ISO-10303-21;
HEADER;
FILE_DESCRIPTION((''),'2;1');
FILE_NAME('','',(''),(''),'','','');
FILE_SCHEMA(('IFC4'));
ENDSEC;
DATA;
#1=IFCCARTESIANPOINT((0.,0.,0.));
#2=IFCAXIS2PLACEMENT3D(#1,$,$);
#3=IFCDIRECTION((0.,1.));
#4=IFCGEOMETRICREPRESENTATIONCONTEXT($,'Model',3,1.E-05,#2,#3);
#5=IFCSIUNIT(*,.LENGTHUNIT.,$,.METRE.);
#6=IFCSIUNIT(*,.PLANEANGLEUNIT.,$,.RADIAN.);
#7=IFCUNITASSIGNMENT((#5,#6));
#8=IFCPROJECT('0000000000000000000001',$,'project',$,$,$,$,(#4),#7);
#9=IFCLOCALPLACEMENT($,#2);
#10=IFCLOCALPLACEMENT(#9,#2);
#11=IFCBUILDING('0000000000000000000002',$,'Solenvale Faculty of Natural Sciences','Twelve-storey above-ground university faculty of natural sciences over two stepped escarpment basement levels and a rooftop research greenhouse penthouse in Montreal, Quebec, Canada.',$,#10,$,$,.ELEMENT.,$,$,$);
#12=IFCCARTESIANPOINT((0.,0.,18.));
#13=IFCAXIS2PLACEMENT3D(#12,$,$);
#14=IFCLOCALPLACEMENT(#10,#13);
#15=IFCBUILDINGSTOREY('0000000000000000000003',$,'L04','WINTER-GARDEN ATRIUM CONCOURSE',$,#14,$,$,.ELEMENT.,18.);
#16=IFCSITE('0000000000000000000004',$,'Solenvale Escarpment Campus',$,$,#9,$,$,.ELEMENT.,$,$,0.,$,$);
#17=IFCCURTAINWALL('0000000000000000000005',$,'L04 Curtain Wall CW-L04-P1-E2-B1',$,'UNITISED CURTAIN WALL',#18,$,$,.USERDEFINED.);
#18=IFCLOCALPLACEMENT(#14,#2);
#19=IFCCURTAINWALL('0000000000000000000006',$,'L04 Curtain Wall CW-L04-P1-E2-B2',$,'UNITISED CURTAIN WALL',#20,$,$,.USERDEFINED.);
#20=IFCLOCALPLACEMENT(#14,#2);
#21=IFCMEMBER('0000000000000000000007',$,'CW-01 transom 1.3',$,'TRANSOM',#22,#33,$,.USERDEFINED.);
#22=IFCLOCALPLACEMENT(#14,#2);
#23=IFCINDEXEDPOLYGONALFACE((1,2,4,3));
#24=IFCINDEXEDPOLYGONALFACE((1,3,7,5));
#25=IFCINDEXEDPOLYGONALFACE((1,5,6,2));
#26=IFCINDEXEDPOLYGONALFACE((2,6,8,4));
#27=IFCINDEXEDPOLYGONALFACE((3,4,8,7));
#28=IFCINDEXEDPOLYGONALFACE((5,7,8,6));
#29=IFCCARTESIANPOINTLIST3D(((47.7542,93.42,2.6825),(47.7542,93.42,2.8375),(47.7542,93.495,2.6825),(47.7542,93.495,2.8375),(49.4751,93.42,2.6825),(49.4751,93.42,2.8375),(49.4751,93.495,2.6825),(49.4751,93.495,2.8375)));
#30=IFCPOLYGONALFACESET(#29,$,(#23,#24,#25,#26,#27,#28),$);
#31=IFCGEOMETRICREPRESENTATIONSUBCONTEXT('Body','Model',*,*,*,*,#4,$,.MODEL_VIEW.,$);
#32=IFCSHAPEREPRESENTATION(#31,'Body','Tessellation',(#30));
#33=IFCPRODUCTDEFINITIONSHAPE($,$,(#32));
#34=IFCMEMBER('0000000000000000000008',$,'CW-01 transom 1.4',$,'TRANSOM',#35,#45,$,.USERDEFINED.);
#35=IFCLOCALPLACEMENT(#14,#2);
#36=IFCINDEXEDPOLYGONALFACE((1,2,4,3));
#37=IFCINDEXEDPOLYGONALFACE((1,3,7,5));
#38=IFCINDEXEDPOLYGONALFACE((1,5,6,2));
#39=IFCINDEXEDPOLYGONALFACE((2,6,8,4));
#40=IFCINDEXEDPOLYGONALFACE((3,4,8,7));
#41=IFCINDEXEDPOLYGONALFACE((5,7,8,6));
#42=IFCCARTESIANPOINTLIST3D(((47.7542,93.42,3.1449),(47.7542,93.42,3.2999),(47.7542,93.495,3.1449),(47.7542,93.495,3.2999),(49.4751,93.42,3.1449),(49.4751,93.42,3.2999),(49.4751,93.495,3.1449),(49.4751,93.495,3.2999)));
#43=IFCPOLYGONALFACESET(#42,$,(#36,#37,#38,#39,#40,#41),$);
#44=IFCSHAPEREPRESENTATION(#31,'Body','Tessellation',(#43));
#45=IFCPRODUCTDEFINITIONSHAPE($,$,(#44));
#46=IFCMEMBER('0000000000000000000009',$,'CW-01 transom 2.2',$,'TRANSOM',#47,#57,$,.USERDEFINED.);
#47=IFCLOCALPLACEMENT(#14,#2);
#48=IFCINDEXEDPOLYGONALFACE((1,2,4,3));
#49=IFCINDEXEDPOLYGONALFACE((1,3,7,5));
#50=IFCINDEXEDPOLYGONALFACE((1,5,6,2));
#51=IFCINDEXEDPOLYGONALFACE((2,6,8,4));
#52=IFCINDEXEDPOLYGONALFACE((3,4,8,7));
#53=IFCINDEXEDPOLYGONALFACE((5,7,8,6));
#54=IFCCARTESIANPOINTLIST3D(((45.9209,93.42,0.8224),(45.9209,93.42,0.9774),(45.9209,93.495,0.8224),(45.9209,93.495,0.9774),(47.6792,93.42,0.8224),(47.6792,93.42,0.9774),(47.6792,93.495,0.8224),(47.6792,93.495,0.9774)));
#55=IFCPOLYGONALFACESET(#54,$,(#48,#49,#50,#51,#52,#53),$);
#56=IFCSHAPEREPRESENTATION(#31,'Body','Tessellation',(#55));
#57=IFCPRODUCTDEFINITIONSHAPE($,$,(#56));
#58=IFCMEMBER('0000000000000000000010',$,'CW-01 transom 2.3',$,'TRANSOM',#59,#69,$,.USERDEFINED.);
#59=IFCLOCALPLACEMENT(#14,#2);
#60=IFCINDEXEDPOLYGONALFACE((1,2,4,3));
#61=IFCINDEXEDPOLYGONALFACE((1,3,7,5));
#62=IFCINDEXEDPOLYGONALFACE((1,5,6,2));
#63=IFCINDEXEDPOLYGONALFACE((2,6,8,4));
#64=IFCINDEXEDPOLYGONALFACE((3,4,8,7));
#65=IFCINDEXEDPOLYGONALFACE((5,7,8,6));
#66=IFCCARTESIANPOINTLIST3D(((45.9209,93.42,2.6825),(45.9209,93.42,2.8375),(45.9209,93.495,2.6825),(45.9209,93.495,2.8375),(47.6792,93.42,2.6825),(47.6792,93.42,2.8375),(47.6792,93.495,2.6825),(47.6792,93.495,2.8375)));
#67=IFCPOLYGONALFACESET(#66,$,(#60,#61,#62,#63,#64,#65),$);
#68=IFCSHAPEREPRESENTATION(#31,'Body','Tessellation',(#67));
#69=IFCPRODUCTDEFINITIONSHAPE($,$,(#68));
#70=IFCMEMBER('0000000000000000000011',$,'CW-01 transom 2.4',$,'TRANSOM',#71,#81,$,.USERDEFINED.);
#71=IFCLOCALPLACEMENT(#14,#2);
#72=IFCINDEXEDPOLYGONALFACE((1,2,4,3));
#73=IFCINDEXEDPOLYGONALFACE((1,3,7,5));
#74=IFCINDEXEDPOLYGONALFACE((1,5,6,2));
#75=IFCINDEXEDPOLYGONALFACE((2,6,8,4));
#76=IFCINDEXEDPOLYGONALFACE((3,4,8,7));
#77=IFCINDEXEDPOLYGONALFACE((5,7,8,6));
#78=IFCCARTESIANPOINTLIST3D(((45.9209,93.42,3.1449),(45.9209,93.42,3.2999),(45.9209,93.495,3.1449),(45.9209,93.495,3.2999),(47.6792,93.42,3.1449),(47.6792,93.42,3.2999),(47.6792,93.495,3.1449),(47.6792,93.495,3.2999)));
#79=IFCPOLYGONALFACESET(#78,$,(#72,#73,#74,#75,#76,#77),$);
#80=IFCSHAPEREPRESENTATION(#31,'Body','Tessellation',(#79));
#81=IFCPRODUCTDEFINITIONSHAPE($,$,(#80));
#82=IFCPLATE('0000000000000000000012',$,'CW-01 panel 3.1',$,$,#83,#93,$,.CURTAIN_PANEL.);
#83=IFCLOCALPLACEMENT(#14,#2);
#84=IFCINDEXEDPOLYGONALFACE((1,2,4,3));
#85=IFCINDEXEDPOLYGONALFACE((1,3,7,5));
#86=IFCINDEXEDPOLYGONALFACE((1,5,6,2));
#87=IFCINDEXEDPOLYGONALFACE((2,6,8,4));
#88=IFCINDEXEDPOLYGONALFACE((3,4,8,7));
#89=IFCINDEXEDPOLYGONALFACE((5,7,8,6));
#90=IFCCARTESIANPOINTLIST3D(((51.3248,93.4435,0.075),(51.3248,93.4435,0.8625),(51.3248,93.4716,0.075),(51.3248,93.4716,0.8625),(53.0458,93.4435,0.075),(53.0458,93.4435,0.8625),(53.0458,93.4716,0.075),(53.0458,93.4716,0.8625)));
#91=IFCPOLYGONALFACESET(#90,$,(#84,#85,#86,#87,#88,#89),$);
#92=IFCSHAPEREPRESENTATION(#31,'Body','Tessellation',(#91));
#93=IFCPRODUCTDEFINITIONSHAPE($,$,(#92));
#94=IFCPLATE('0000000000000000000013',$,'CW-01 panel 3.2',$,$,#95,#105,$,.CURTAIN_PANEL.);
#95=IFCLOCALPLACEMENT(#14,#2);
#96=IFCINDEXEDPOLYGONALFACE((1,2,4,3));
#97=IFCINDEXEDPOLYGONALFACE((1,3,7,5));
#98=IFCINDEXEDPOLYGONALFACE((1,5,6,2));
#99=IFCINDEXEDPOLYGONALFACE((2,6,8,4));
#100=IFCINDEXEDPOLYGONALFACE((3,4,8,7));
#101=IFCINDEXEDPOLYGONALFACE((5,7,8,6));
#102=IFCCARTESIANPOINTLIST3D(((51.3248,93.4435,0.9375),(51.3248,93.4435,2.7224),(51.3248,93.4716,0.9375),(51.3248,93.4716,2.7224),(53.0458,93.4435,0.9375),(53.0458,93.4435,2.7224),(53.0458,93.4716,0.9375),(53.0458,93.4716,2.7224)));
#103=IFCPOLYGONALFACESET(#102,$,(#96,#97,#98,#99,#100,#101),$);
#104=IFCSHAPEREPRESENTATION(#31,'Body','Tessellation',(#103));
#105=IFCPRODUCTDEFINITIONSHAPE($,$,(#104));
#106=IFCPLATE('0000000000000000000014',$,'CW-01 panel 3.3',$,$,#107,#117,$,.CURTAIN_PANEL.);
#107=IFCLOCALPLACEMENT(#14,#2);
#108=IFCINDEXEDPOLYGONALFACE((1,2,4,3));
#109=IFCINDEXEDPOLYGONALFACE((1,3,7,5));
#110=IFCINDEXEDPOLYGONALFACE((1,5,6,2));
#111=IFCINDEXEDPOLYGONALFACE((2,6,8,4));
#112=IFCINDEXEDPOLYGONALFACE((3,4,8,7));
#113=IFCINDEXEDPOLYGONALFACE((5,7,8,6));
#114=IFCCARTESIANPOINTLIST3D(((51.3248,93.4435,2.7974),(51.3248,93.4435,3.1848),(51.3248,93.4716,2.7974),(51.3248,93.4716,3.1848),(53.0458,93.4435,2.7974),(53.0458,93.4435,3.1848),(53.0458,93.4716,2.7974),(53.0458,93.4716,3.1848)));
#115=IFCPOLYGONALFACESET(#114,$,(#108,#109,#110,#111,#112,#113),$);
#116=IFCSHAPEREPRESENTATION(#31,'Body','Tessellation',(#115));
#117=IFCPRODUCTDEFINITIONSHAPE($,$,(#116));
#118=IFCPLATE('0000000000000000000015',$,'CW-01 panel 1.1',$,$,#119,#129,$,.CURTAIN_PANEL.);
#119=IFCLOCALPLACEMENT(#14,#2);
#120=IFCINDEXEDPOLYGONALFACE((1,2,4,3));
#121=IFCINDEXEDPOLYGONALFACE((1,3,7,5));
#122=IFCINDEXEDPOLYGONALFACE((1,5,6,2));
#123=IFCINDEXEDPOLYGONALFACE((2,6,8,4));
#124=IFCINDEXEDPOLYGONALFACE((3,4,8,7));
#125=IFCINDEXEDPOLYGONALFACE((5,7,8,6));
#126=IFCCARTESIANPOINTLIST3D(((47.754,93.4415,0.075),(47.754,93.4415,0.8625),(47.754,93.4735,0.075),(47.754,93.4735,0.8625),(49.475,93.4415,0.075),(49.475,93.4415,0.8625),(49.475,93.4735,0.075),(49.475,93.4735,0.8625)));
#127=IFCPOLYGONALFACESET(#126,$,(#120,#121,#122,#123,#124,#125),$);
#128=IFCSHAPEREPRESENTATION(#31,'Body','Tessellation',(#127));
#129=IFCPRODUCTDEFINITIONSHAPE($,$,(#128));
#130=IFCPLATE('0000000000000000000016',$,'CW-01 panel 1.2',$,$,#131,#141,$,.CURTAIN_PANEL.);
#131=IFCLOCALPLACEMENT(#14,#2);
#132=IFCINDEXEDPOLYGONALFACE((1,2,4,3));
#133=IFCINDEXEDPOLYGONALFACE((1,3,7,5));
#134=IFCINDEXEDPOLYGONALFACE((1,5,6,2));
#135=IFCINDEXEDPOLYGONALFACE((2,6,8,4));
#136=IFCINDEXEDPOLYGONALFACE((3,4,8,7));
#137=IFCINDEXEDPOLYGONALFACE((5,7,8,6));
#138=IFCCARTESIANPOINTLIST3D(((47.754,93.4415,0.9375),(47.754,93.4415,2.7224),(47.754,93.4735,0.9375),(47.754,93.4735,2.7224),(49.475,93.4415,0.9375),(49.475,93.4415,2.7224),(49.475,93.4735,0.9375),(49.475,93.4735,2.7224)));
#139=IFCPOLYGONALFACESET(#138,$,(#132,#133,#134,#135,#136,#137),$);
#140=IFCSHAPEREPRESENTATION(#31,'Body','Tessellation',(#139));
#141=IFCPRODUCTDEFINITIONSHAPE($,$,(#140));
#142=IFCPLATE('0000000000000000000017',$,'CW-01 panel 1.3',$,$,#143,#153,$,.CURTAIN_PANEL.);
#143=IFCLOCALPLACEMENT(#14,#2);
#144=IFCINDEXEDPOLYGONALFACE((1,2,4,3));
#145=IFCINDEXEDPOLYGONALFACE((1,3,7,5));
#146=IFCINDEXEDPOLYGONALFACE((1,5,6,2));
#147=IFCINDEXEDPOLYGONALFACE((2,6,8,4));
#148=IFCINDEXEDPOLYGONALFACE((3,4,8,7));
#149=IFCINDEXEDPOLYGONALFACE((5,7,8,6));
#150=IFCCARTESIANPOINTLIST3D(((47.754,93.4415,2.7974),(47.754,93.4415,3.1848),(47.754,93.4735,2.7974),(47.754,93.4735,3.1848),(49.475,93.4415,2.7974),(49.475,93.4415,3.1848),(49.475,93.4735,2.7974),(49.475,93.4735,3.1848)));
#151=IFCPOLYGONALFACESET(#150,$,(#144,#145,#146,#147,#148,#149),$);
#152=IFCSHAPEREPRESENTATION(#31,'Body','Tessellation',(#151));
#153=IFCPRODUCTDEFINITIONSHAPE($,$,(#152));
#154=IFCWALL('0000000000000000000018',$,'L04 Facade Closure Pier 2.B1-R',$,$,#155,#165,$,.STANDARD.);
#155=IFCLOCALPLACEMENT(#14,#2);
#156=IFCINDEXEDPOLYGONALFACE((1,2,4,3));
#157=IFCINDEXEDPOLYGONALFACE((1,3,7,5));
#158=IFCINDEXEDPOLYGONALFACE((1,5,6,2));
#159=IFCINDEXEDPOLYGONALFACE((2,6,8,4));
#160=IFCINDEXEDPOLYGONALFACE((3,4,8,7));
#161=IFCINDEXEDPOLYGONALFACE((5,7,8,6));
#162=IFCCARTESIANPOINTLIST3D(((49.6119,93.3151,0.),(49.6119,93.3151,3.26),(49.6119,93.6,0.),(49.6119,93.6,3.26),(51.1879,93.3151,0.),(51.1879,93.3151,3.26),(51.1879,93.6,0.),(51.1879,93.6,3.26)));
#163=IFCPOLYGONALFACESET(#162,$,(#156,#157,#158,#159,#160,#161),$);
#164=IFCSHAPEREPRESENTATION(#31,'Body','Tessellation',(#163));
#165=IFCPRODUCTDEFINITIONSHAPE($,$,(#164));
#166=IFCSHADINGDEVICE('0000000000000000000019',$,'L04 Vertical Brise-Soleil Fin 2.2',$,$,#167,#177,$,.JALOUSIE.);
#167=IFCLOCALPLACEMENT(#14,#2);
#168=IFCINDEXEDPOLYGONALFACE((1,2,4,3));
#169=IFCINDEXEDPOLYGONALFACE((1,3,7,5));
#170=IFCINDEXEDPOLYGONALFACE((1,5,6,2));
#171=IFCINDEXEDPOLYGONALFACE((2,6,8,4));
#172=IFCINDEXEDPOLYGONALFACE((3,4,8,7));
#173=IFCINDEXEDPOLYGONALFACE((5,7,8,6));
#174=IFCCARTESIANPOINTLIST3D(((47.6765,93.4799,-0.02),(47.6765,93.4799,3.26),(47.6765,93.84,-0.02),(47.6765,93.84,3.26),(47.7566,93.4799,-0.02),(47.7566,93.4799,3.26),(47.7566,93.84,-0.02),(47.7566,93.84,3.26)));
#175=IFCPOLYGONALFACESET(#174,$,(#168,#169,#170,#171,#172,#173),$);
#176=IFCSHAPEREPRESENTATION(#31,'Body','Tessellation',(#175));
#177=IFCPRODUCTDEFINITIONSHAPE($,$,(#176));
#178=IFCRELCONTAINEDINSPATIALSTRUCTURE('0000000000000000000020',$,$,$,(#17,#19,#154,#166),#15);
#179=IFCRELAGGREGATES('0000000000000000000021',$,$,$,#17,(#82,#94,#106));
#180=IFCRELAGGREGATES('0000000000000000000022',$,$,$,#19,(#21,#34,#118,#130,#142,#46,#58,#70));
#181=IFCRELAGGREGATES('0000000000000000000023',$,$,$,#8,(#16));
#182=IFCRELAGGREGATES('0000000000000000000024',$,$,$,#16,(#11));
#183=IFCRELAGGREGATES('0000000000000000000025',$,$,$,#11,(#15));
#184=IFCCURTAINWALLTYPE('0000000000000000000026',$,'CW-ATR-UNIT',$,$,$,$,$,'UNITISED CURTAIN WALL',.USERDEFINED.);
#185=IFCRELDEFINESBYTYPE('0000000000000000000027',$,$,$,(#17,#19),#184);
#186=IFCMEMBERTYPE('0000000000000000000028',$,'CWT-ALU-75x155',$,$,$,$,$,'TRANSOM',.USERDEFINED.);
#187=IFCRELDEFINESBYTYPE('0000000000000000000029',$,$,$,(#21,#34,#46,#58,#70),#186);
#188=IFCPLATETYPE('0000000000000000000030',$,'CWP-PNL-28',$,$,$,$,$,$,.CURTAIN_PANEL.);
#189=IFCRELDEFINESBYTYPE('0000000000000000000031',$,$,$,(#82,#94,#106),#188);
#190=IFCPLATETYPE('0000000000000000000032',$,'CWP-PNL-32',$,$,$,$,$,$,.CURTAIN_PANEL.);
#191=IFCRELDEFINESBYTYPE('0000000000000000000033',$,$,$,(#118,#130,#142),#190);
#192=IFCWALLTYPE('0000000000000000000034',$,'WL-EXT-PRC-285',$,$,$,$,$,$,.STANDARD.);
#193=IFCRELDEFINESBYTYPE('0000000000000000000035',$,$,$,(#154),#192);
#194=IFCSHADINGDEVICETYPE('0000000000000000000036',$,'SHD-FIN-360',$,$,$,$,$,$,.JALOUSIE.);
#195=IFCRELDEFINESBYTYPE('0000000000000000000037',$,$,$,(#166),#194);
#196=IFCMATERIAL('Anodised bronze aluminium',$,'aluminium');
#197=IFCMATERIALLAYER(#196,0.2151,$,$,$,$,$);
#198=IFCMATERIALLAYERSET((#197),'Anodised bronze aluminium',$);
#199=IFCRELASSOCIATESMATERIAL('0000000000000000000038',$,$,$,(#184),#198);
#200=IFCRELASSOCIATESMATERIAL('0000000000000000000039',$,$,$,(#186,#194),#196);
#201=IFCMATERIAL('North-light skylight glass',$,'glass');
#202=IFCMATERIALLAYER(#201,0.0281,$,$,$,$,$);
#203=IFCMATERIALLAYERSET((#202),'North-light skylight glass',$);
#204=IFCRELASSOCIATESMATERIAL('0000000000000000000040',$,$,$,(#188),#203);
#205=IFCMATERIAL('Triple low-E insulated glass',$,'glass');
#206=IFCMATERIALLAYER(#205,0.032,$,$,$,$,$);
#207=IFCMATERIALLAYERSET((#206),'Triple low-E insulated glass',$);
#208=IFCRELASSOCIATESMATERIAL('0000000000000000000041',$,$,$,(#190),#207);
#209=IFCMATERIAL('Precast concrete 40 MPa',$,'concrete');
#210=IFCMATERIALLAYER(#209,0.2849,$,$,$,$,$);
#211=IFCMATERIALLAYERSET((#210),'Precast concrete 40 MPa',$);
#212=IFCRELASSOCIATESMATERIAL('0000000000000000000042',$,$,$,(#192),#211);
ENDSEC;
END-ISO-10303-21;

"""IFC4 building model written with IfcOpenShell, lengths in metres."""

from ifc_helpers import new_model, si_unit, direction, frame, frame_2d, origin, origin_2d, place, context, subcontext, project, spatial, rectangle, extrude, material, layer, layer_set, material_profile, profile_set, type_object, element, aggregate, save


model = new_model("IFC4")

# Units and contexts
model_context = context("Model", 3, precision=1e-05, world=origin(), true_north=direction((0.0, 1.0)))
body_context = subcontext(model_context, "Body", "Model", "MODEL_VIEW")
ifc_project = project(units=[si_unit("LENGTHUNIT", "METRE"), si_unit("PLANEANGLEUNIT", "RADIAN")], contexts=[model_context])

# Site, building, storey
site_placement = place(None, origin())
site = spatial("IfcSite", under=ifc_project, at=site_placement, Name="Solenvale Escarpment Campus", CompositionType="ELEMENT", RefElevation=0.0)
building_placement = place(site_placement, origin())
building = spatial("IfcBuilding", under=site, at=building_placement, Name="Solenvale Faculty of Natural Sciences", Description="Twelve-storey above-ground university faculty of natural sciences over two stepped escarpment basement levels and a rooftop research greenhouse penthouse in Montreal, Quebec, Canada.", CompositionType="ELEMENT")
storey_placement = place(building_placement, frame((0.0, 0.0, 18.0)))
storey = spatial("IfcBuildingStorey", under=building, at=storey_placement, Name="L04", Description="WINTER-GARDEN ATRIUM CONCOURSE", CompositionType="ELEMENT", Elevation=18.0)

# Curtain wall
ifc_material_1 = material(Name="Anodised bronze aluminium", Category="aluminium")
ifc_layer_1 = layer(ifc_material_1, 0.2151)
ifc_layer_set_1 = layer_set([ifc_layer_1], Name="Anodised bronze aluminium")
curtain_wall_type = type_object("IfcCurtainWallType", Name="CW-ATR-UNIT", ElementType="UNITISED CURTAIN WALL", PredefinedType="USERDEFINED", material=ifc_layer_set_1)
curtain_wall_1_placement = place(storey_placement, origin())
curtain_wall_1 = element("IfcCurtainWall", 1, at=curtain_wall_1_placement, inside=storey, type_object=curtain_wall_type, Name="L04 Curtain Wall CW-L04-P1-E2-B1", ObjectType="UNITISED CURTAIN WALL", PredefinedType="USERDEFINED")

# Curtain wall
curtain_wall_2_placement = place(storey_placement, origin())
curtain_wall_2 = element("IfcCurtainWall", 2, at=curtain_wall_2_placement, inside=storey, type_object=curtain_wall_type, Name="L04 Curtain Wall CW-L04-P1-E2-B2", ObjectType="UNITISED CURTAIN WALL", PredefinedType="USERDEFINED")

# Members
ifc_material_profile_1 = material_profile(ifc_material_1, rectangle(XDim=0.075, YDim=0.155, at=origin_2d()), Name="ALU-TRN-75x155")
ifc_profile_set_1 = profile_set([ifc_material_profile_1], Name="Anodised bronze aluminium")
member_type_1 = type_object("IfcMemberType", Name="CWT-ALU-75x155", ElementType="TRANSOM", PredefinedType="USERDEFINED", material=ifc_profile_set_1)
member_1_placement = place(storey_placement, frame((49.4751, 93.4575, 2.76), z_axis=(-1.0, 0.0, 0.0), x_axis=(0.0, -1.0, 0.0)))
member_1 = element("IfcMember", 3, at=member_1_placement, type_object=member_type_1, Name="CW-01 transom 1.3", ObjectType="TRANSOM", PredefinedType="USERDEFINED", context=body_context, shape_type="SweptSolid", body=[
    extrude(rectangle(XDim=0.075, YDim=0.155, at=origin_2d()), origin(), (0.0, 0.0, 1.0), 1.7209),
])
member_2_placement = place(storey_placement, frame((49.4751, 93.4575, 3.2224), z_axis=(-1.0, 0.0, 0.0), x_axis=(0.0, -1.0, 0.0)))
member_2 = element("IfcMember", 4, at=member_2_placement, type_object=member_type_1, Name="CW-01 transom 1.4", ObjectType="TRANSOM", PredefinedType="USERDEFINED", context=body_context, shape_type="SweptSolid", body=[
    extrude(rectangle(XDim=0.075, YDim=0.155, at=origin_2d()), origin(), (0.0, 0.0, 1.0), 1.7209),
])
member_3_placement = place(storey_placement, frame((47.6792, 93.4575, 0.8999), z_axis=(-1.0, 0.0, 0.0), x_axis=(0.0, -1.0, 0.0)))
member_3 = element("IfcMember", 5, at=member_3_placement, type_object=member_type_1, Name="CW-01 transom 2.2", ObjectType="TRANSOM", PredefinedType="USERDEFINED", context=body_context, shape_type="SweptSolid", body=[
    extrude(rectangle(XDim=0.075, YDim=0.155, at=origin_2d()), origin(), (0.0, 0.0, 1.0), 1.7583),
])
member_4_placement = place(storey_placement, frame((47.6792, 93.4575, 2.76), z_axis=(-1.0, 0.0, 0.0), x_axis=(0.0, -1.0, 0.0)))
member_4 = element("IfcMember", 6, at=member_4_placement, type_object=member_type_1, Name="CW-01 transom 2.3", ObjectType="TRANSOM", PredefinedType="USERDEFINED", context=body_context, shape_type="SweptSolid", body=[
    extrude(rectangle(XDim=0.075, YDim=0.155, at=origin_2d()), origin(), (0.0, 0.0, 1.0), 1.7583),
])
member_5_placement = place(storey_placement, frame((47.6792, 93.4575, 3.2224), z_axis=(-1.0, 0.0, 0.0), x_axis=(0.0, -1.0, 0.0)))
member_5 = element("IfcMember", 7, at=member_5_placement, type_object=member_type_1, Name="CW-01 transom 2.4", ObjectType="TRANSOM", PredefinedType="USERDEFINED", context=body_context, shape_type="SweptSolid", body=[
    extrude(rectangle(XDim=0.075, YDim=0.155, at=origin_2d()), origin(), (0.0, 0.0, 1.0), 1.7583),
])

# Plates
ifc_material_2 = material(Name="North-light skylight glass", Category="glass")
ifc_layer_2 = layer(ifc_material_2, 0.0281)
ifc_layer_set_2 = layer_set([ifc_layer_2], Name="North-light skylight glass")
plate_type_1 = type_object("IfcPlateType", Name="CWP-PNL-28", PredefinedType="CURTAIN_PANEL", material=ifc_layer_set_2)
plate_1_placement = place(storey_placement, frame((52.1853, 93.4575, 0.075), z_axis=(0.0, 0.0, 1.0), x_axis=(-1.0, 0.0, 0.0)))
plate_1 = element("IfcPlate", 8, at=plate_1_placement, type_object=plate_type_1, Name="CW-01 panel 3.1", PredefinedType="CURTAIN_PANEL", context=body_context, shape_type="SweptSolid", body=[
    extrude(rectangle(XDim=1.7209, YDim=0.0281, at=origin_2d()), origin(), (0.0, 0.0, 1.0), 0.7876),
])
plate_2_placement = place(storey_placement, frame((52.1853, 93.4575, 0.9375), z_axis=(0.0, 0.0, 1.0), x_axis=(-1.0, 0.0, 0.0)))
plate_2 = element("IfcPlate", 9, at=plate_2_placement, type_object=plate_type_1, Name="CW-01 panel 3.2", PredefinedType="CURTAIN_PANEL", context=body_context, shape_type="SweptSolid", body=[
    extrude(rectangle(XDim=1.7209, YDim=0.0281, at=origin_2d()), origin(), (0.0, 0.0, 1.0), 1.7849),
])
plate_3_placement = place(storey_placement, frame((52.1853, 93.4575, 2.7974), z_axis=(0.0, 0.0, 1.0), x_axis=(-1.0, 0.0, 0.0)))
plate_3 = element("IfcPlate", 10, at=plate_3_placement, type_object=plate_type_1, Name="CW-01 panel 3.3", PredefinedType="CURTAIN_PANEL", context=body_context, shape_type="SweptSolid", body=[
    extrude(rectangle(XDim=1.7209, YDim=0.0281, at=origin_2d()), origin(), (0.0, 0.0, 1.0), 0.3875),
])
aggregate(curtain_wall_1, [plate_1, plate_2, plate_3])
ifc_material_3 = material(Name="Triple low-E insulated glass", Category="glass")
ifc_layer_3 = layer(ifc_material_3, 0.032)
ifc_layer_set_3 = layer_set([ifc_layer_3], Name="Triple low-E insulated glass")
plate_type_2 = type_object("IfcPlateType", Name="CWP-PNL-32", PredefinedType="CURTAIN_PANEL", material=ifc_layer_set_3)
plate_4_placement = place(storey_placement, frame((48.6145, 93.4575, 0.075), z_axis=(0.0, 0.0, 1.0), x_axis=(-1.0, 0.0, 0.0)))
plate_4 = element("IfcPlate", 11, at=plate_4_placement, type_object=plate_type_2, Name="CW-01 panel 1.1", PredefinedType="CURTAIN_PANEL", context=body_context, shape_type="SweptSolid", body=[
    extrude(rectangle(XDim=1.7209, YDim=0.032, at=origin_2d()), origin(), (0.0, 0.0, 1.0), 0.7876),
])
plate_5_placement = place(storey_placement, frame((48.6145, 93.4575, 0.9375), z_axis=(0.0, 0.0, 1.0), x_axis=(-1.0, 0.0, 0.0)))
plate_5 = element("IfcPlate", 12, at=plate_5_placement, type_object=plate_type_2, Name="CW-01 panel 1.2", PredefinedType="CURTAIN_PANEL", context=body_context, shape_type="SweptSolid", body=[
    extrude(rectangle(XDim=1.7209, YDim=0.032, at=origin_2d()), origin(), (0.0, 0.0, 1.0), 1.7849),
])
plate_6_placement = place(storey_placement, frame((48.6145, 93.4575, 2.7974), z_axis=(0.0, 0.0, 1.0), x_axis=(-1.0, 0.0, 0.0)))
plate_6 = element("IfcPlate", 13, at=plate_6_placement, type_object=plate_type_2, Name="CW-01 panel 1.3", PredefinedType="CURTAIN_PANEL", context=body_context, shape_type="SweptSolid", body=[
    extrude(rectangle(XDim=1.7209, YDim=0.032, at=origin_2d()), origin(), (0.0, 0.0, 1.0), 0.3875),
])
aggregate(curtain_wall_2, [member_1, member_2, plate_4, plate_5, plate_6, member_3, member_4, member_5])

# Wall
ifc_material_4 = material(Name="Precast concrete 40 MPa", Category="concrete")
ifc_layer_4 = layer(ifc_material_4, 0.2849)
ifc_layer_set_4 = layer_set([ifc_layer_4], Name="Precast concrete 40 MPa")
wall_type = type_object("IfcWallType", Name="WL-EXT-PRC-285", PredefinedType="STANDARD", material=ifc_layer_set_4)
wall_placement = place(storey_placement, frame((51.188, 93.4575, 0.0), z_axis=(0.0, 0.0, 1.0), x_axis=(-1.0, 0.0, 0.0)))
element("IfcWall", 14, at=wall_placement, inside=storey, type_object=wall_type, Name="L04 Facade Closure Pier 2.B1-R", PredefinedType="STANDARD", context=body_context, shape_type="SweptSolid", body=[
    extrude(rectangle(XDim=1.5759, YDim=0.2849, at=frame_2d((0.7881, 0.0))), origin(), (0.0, 0.0, 1.0), 3.26),
])

# Shading device
ifc_material_profile_2 = material_profile(ifc_material_1, rectangle(XDim=0.0801, YDim=0.3601, at=origin_2d()), Name="ALU-FIN-80x360")
ifc_profile_set_2 = profile_set([ifc_material_profile_2], Name="Anodised bronze aluminium")
shading_device_type = type_object("IfcShadingDeviceType", Name="SHD-FIN-360", PredefinedType="JALOUSIE", material=ifc_profile_set_2)
shading_device_placement = place(storey_placement, frame((47.7166, 93.6599, -0.02), z_axis=(0.0, 0.0, 1.0), x_axis=(1.0, 0.0, 0.0)))
element("IfcShadingDevice", 15, at=shading_device_placement, inside=storey, type_object=shading_device_type, Name="L04 Vertical Brise-Soleil Fin 2.2", PredefinedType="JALOUSIE", context=body_context, shape_type="SweptSolid", body=[
    extrude(rectangle(XDim=0.0801, YDim=0.3601, at=origin_2d()), origin(), (0.0, 0.0, 1.0), 3.28),
])

save(model, "model.ifc")
